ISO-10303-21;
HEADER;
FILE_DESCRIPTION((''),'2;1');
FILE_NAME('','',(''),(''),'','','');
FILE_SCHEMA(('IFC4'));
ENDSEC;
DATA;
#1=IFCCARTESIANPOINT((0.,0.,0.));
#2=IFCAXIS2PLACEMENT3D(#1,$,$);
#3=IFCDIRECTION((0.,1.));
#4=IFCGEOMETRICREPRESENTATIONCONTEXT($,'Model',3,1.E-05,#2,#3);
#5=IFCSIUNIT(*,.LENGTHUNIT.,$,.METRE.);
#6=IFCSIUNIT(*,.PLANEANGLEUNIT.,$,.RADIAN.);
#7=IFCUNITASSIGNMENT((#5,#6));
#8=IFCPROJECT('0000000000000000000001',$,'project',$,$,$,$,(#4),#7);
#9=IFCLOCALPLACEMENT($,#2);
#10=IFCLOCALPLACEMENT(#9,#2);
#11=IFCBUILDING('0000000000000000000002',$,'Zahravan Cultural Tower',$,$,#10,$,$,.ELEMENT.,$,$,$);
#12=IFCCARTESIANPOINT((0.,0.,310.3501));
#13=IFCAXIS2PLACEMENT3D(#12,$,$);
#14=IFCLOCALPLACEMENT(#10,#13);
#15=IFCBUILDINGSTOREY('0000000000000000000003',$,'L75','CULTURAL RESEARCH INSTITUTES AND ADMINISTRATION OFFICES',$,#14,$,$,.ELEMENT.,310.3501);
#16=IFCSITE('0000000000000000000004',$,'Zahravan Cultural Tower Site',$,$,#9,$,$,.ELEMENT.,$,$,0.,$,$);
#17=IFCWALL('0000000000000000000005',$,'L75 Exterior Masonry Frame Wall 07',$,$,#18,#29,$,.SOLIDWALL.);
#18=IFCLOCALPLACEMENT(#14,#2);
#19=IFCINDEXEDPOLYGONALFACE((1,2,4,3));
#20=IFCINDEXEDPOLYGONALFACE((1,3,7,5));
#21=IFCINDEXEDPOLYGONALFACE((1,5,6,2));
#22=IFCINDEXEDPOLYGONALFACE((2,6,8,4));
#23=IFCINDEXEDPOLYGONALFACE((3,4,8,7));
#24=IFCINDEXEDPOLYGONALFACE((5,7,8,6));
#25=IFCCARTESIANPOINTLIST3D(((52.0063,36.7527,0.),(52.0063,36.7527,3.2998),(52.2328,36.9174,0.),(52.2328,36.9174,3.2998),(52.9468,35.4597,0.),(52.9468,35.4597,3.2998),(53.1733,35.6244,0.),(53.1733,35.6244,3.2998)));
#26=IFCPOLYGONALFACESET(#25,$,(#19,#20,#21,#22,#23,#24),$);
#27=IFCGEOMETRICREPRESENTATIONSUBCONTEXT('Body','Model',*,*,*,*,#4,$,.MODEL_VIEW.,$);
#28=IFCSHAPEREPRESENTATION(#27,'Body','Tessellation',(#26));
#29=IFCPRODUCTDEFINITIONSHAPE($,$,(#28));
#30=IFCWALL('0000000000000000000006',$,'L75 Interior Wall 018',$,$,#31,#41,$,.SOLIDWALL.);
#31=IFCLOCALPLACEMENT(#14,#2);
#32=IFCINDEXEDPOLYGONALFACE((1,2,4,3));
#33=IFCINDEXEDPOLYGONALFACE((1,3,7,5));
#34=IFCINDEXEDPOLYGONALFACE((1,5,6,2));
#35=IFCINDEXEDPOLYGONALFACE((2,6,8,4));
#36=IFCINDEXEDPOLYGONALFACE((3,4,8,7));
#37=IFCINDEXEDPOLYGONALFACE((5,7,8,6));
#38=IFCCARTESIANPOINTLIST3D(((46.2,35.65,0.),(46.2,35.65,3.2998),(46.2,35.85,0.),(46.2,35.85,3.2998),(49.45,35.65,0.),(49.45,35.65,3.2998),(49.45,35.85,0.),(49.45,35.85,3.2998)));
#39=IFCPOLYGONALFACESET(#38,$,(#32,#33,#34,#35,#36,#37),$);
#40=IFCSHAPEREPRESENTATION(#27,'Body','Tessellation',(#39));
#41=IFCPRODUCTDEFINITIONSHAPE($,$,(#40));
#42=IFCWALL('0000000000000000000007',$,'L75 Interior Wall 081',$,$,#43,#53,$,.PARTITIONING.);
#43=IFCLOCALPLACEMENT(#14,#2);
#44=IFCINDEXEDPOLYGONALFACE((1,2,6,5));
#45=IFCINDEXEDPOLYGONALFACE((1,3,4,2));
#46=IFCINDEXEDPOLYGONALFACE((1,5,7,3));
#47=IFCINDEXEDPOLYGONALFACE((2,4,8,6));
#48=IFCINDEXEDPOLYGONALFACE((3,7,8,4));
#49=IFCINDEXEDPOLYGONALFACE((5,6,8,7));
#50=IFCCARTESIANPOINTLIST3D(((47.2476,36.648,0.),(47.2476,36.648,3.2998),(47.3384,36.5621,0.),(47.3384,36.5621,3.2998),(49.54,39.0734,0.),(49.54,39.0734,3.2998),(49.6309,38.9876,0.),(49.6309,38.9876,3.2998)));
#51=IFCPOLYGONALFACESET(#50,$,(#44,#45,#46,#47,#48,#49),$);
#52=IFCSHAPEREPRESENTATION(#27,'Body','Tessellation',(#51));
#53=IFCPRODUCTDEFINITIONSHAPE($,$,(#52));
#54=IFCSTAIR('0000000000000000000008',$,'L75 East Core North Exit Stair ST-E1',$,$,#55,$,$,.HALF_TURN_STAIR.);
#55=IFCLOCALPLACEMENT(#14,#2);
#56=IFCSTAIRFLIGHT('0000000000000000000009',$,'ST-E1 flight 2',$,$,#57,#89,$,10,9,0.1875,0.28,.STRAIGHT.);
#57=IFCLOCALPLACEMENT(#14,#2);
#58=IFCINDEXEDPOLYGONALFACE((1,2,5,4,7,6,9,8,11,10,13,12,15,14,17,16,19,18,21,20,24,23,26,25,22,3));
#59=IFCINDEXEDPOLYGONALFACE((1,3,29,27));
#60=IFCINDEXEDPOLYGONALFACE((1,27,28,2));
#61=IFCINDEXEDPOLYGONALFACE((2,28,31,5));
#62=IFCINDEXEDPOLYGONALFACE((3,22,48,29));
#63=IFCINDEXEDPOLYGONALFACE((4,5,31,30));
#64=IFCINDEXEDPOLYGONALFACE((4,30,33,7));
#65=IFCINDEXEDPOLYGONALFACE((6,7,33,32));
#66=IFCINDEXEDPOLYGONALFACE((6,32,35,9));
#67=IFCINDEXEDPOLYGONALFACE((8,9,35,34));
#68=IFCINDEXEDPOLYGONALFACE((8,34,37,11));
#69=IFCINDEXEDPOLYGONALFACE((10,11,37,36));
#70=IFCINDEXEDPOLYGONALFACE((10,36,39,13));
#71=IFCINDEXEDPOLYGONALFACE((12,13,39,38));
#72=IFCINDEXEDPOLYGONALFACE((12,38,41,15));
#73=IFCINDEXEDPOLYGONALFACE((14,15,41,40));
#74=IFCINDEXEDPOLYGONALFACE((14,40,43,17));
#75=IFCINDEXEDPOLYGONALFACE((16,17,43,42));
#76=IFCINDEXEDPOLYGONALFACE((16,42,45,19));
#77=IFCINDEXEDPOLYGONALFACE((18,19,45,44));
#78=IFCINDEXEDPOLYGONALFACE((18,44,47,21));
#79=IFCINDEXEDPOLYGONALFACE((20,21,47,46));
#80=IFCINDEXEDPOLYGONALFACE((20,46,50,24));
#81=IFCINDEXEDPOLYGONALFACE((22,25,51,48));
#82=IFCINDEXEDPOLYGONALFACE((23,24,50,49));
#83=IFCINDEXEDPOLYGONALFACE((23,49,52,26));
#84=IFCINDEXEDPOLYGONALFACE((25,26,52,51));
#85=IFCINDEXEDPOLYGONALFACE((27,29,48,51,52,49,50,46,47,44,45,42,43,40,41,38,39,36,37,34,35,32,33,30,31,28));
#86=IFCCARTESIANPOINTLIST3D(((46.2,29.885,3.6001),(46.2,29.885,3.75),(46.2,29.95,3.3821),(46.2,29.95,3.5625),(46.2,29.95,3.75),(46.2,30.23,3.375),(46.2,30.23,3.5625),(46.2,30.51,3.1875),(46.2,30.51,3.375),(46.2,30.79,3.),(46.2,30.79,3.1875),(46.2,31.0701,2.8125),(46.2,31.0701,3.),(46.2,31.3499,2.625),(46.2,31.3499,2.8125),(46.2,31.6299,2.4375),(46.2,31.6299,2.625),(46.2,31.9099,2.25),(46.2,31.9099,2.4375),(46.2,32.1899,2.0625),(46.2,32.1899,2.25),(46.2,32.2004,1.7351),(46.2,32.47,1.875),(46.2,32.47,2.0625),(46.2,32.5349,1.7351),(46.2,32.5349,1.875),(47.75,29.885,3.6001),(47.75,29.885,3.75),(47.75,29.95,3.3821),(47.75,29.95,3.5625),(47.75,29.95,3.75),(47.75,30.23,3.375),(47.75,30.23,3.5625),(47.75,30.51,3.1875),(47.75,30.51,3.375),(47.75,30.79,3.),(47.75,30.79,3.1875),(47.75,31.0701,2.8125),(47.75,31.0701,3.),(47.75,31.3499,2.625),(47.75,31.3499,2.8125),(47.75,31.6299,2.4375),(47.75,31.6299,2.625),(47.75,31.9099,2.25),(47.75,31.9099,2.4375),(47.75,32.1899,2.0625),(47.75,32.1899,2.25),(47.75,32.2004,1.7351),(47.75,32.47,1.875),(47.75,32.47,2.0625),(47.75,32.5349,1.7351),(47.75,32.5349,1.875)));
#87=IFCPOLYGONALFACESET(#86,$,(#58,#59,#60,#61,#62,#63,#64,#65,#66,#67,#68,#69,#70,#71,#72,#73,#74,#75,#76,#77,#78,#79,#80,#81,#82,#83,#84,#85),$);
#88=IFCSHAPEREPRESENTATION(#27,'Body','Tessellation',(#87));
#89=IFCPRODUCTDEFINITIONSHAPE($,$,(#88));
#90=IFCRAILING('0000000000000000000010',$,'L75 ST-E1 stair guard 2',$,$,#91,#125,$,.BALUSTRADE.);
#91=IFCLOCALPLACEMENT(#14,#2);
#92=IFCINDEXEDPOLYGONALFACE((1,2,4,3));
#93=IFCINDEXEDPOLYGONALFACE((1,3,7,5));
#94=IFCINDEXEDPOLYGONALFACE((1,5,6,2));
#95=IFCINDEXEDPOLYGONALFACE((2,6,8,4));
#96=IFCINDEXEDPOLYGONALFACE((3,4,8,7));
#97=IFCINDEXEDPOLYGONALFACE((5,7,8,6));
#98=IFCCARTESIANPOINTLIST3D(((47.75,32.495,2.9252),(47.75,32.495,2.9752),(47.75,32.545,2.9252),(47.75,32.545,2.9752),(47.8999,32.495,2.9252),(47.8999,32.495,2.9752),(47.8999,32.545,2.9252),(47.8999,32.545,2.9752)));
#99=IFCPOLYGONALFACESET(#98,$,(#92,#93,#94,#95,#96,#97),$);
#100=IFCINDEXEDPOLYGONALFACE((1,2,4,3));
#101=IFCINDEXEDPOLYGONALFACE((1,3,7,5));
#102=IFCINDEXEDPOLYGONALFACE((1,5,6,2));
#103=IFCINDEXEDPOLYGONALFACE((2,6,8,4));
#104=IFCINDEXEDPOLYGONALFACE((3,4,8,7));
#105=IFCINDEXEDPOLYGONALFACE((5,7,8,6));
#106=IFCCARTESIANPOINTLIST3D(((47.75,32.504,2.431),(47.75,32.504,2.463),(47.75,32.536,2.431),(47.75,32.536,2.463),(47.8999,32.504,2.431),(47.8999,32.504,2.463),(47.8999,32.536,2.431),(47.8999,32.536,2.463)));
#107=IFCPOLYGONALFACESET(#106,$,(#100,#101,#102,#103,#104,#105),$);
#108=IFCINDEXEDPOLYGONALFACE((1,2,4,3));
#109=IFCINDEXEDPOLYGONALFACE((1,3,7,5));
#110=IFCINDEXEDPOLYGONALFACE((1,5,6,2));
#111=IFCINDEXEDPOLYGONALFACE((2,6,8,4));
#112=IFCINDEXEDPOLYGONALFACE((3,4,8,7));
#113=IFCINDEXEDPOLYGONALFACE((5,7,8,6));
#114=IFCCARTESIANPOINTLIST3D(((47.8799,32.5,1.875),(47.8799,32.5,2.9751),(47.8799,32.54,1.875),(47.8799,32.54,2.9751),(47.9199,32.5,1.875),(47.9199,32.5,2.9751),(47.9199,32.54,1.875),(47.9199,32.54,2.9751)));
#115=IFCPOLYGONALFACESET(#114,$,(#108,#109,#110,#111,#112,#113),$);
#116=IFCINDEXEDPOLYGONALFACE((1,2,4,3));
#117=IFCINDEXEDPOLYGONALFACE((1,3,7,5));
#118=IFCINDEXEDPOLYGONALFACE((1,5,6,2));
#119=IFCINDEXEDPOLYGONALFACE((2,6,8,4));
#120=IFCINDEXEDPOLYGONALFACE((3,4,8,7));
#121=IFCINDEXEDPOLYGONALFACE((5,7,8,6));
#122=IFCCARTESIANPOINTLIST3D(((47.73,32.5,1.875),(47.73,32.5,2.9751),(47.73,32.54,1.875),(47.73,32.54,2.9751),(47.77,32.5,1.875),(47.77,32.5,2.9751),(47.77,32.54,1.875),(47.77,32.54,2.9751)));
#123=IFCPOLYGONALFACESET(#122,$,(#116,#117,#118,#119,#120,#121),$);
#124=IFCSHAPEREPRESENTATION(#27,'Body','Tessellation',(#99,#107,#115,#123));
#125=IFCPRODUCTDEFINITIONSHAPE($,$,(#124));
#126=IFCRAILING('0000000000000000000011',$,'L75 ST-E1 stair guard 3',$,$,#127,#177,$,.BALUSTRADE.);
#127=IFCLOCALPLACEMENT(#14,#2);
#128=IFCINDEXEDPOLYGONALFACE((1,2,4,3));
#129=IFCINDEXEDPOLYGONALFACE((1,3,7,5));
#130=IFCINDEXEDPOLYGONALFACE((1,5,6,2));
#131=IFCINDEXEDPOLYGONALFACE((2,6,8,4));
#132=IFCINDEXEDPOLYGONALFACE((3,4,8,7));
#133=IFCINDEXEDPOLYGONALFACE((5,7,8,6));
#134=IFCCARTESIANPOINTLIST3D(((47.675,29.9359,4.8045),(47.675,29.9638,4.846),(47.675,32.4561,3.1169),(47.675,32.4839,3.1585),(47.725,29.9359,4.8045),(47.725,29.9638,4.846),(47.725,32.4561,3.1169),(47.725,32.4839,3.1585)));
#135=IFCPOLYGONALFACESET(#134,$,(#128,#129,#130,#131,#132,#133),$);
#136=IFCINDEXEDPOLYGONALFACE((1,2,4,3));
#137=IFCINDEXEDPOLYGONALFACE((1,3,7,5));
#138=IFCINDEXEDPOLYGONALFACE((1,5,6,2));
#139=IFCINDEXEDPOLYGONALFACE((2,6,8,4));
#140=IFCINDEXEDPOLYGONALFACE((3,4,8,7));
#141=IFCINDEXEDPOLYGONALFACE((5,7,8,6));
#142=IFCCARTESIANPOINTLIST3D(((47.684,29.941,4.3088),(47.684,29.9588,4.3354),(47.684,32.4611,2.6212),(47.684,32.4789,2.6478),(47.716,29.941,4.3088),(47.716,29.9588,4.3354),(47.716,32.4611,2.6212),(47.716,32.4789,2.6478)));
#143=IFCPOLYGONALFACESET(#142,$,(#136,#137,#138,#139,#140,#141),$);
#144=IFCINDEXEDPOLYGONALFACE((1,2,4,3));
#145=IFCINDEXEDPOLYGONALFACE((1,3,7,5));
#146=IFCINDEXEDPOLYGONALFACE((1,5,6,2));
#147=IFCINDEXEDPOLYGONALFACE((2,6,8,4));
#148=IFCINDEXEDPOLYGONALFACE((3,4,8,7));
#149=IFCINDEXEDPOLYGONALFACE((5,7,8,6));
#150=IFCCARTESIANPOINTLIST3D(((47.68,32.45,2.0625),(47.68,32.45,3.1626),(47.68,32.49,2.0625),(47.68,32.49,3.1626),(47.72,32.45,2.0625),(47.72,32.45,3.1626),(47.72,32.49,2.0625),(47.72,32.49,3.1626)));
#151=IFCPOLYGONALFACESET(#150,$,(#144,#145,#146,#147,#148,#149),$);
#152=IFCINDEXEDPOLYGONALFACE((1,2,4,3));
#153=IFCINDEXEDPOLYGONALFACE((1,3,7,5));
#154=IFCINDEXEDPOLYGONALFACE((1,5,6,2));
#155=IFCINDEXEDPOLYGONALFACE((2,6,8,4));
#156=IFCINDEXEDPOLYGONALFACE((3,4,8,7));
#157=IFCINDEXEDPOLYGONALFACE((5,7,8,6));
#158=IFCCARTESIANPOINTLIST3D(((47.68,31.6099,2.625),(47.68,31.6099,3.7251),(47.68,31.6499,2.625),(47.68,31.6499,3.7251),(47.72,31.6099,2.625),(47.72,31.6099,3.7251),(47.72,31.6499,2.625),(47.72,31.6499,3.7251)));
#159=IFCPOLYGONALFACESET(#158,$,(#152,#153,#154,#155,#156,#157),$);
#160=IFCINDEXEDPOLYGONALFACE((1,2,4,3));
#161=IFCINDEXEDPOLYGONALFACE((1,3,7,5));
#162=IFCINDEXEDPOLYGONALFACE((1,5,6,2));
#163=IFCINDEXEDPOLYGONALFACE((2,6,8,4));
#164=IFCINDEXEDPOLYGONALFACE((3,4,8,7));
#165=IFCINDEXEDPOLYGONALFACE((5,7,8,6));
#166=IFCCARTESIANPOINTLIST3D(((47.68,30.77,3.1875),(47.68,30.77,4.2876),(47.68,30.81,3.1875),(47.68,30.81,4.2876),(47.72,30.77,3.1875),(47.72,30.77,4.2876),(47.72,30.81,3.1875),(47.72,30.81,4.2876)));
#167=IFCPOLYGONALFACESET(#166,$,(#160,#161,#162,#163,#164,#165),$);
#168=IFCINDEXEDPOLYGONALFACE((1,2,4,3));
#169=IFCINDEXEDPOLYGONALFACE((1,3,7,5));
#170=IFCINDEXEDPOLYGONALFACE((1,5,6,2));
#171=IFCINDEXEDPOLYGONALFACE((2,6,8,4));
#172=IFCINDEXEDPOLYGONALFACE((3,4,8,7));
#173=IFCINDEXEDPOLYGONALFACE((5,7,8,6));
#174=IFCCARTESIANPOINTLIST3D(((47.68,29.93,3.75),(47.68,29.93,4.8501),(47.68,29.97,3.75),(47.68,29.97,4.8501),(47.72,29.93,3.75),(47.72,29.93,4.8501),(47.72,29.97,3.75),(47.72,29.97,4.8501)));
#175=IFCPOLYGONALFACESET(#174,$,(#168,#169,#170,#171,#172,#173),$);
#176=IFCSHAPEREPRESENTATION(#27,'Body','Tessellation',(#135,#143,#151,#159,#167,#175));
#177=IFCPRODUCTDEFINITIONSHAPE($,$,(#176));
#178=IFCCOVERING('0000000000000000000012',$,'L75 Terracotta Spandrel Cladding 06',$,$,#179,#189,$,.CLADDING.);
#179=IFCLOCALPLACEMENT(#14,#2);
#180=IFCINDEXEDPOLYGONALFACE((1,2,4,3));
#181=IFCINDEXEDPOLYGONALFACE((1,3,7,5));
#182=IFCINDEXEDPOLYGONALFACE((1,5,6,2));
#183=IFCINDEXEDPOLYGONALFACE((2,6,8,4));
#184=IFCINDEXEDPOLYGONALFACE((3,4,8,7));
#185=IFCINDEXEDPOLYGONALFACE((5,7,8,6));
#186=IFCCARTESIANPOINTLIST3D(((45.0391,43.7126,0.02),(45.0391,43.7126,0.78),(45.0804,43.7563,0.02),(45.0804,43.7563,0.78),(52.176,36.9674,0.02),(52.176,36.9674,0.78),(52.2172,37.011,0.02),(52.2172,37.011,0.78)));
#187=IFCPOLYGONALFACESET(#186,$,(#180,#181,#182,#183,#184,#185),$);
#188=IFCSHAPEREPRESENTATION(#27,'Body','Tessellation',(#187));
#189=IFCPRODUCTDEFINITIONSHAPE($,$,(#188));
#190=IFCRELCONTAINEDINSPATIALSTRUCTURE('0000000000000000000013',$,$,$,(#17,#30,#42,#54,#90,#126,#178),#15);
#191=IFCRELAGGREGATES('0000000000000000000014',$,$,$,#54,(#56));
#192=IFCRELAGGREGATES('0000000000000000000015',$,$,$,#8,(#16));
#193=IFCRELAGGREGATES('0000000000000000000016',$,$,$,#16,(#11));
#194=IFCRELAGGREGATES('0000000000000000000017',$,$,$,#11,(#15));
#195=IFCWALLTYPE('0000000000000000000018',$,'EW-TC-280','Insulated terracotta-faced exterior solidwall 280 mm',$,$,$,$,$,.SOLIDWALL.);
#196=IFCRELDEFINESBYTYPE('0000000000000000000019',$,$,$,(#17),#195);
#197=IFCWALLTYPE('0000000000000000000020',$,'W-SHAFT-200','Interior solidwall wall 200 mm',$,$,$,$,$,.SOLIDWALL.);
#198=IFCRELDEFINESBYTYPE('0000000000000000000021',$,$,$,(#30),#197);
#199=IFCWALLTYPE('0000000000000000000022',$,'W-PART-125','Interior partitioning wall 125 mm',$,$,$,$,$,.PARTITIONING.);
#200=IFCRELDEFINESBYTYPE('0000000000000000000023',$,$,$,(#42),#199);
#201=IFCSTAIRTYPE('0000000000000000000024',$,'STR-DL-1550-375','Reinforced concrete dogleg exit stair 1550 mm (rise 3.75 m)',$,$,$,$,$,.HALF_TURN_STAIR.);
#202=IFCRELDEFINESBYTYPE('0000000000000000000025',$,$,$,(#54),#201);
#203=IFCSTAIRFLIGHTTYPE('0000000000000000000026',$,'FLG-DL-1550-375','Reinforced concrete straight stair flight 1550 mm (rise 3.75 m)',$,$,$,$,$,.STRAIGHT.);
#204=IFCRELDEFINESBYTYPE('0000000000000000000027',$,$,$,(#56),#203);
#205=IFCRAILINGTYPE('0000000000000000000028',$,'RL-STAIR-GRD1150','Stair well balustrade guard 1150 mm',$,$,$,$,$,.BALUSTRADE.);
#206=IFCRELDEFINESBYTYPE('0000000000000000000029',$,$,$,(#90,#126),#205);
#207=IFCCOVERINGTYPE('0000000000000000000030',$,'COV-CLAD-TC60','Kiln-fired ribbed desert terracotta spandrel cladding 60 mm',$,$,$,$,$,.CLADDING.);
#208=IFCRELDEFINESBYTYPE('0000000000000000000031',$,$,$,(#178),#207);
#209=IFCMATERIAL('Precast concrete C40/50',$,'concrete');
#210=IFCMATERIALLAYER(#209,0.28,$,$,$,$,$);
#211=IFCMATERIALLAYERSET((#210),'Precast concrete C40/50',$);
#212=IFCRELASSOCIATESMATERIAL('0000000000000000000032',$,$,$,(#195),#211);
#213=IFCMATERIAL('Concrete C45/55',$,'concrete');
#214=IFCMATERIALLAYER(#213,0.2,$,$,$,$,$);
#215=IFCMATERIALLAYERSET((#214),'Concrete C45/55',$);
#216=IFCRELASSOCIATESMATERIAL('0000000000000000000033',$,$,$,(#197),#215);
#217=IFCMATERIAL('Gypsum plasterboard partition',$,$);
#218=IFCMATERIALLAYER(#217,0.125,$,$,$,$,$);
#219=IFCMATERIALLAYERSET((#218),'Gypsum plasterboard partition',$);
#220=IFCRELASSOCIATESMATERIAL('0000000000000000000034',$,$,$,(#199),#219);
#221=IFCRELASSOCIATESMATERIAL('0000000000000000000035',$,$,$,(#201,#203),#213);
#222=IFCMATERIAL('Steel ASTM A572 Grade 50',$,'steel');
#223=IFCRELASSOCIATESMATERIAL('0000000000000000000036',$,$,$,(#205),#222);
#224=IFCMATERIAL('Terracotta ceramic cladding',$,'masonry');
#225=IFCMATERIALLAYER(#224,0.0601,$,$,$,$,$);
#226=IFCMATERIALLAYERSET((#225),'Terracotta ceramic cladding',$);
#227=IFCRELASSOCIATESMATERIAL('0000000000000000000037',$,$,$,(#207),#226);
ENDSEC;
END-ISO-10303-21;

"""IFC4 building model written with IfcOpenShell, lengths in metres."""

from ifc_helpers import new_model, si_unit, direction, frame, frame_2d, origin, origin_2d, place, context, subcontext, project, spatial, polyline, rectangle, outline, extrude, source, transform, mapped, material, layer, layer_set, type_object, element, aggregate, save


model = new_model("IFC4")

# Units and contexts
model_context = context("Model", 3, precision=1e-05, world=origin(), true_north=direction((0.0, 1.0)))
body_context = subcontext(model_context, "Body", "Model", "MODEL_VIEW")
ifc_project = project(units=[si_unit("LENGTHUNIT", "METRE"), si_unit("PLANEANGLEUNIT", "RADIAN")], contexts=[model_context])

# Site, building, storey
site_placement = place(None, origin())
site = spatial("IfcSite", under=ifc_project, at=site_placement, Name="Zahravan Cultural Tower Site", CompositionType="ELEMENT", RefElevation=0.0)
building_placement = place(site_placement, origin())
building = spatial("IfcBuilding", under=site, at=building_placement, Name="Zahravan Cultural Tower", CompositionType="ELEMENT")
storey_placement = place(building_placement, frame((0.0, 0.0, 310.3501)))
storey = spatial("IfcBuildingStorey", under=building, at=storey_placement, Name="L75", Description="CULTURAL RESEARCH INSTITUTES AND ADMINISTRATION OFFICES", CompositionType="ELEMENT", Elevation=310.3501)

# Walls
ifc_material_1 = material(Name="Precast concrete C40/50", Category="concrete")
ifc_layer_1 = layer(ifc_material_1, 0.28)
ifc_layer_set_1 = layer_set([ifc_layer_1], Name="Precast concrete C40/50")
wall_type_1 = type_object("IfcWallType", Name="EW-TC-280", Description="Insulated terracotta-faced exterior solidwall 280 mm", PredefinedType="SOLIDWALL", material=ifc_layer_set_1)
shared_shape_1 = source(origin(), body_context, "Body", "SweptSolid", [
    extrude(rectangle(XDim=1.5989, YDim=0.28, at=frame_2d((0.7993, 0.0))), origin(), (0.0, 0.0, 1.0), 3.2998),
])
wall_1_placement = place(storey_placement, frame((52.1196, 36.835, 0.0), z_axis=(0.0, 0.0, 1.0), x_axis=(0.588208, -0.80871, 0.0)))
element("IfcWall", 1, at=wall_1_placement, inside=storey, type_object=wall_type_1, Name="L75 Exterior Masonry Frame Wall 07", PredefinedType="SOLIDWALL", context=body_context, shape_type="MappedRepresentation", body=[
    mapped(shared_shape_1, transform((0.0, 0.0, 0.0), x_axis=(1.0, 0.0, 0.0), y_axis=(0.0, 1.0, 0.0), z_axis=(0.0, 0.0, 1.0), scale=1.0)),
])
ifc_material_2 = material(Name="Concrete C45/55", Category="concrete")
ifc_layer_2 = layer(ifc_material_2, 0.2)
ifc_layer_set_2 = layer_set([ifc_layer_2], Name="Concrete C45/55")
wall_type_2 = type_object("IfcWallType", Name="W-SHAFT-200", Description="Interior solidwall wall 200 mm", PredefinedType="SOLIDWALL", material=ifc_layer_set_2)
shared_shape_2 = source(origin(), body_context, "Body", "SweptSolid", [
    extrude(rectangle(XDim=3.25, YDim=0.2, at=frame_2d((1.625, 0.0))), origin(), (0.0, 0.0, 1.0), 3.2998),
])
wall_2_placement = place(storey_placement, frame((46.2, 35.75, 0.0), z_axis=(0.0, 0.0, 1.0), x_axis=(1.0, 0.0, 0.0)))
element("IfcWall", 2, at=wall_2_placement, inside=storey, type_object=wall_type_2, Name="L75 Interior Wall 018", PredefinedType="SOLIDWALL", context=body_context, shape_type="MappedRepresentation", body=[
    mapped(shared_shape_2, transform((0.0, 0.0, 0.0), x_axis=(1.0, 0.0, 0.0), y_axis=(0.0, 1.0, 0.0), z_axis=(0.0, 0.0, 1.0), scale=1.0)),
])
ifc_material_3 = material(Name="Gypsum plasterboard partition")
ifc_layer_3 = layer(ifc_material_3, 0.125)
ifc_layer_set_3 = layer_set([ifc_layer_3], Name="Gypsum plasterboard partition")
wall_type_3 = type_object("IfcWallType", Name="W-PART-125", Description="Interior partitioning wall 125 mm", PredefinedType="PARTITIONING", material=ifc_layer_set_3)
shared_shape_3 = source(origin(), body_context, "Body", "SweptSolid", [
    extrude(rectangle(XDim=3.3374, YDim=0.125, at=frame_2d((1.6687, 0.0))), origin(), (0.0, 0.0, 1.0), 3.2998),
])
wall_3_placement = place(storey_placement, frame((49.5854, 39.0305, 0.0), z_axis=(0.0, 0.0, 1.0), x_axis=(-0.686892, -0.72676, 0.0)))
element("IfcWall", 3, at=wall_3_placement, inside=storey, type_object=wall_type_3, Name="L75 Interior Wall 081", PredefinedType="PARTITIONING", context=body_context, shape_type="MappedRepresentation", body=[
    mapped(shared_shape_3, transform((0.0, 0.0, 0.0), x_axis=(1.0, 0.0, 0.0), y_axis=(0.0, 1.0, 0.0), z_axis=(0.0, 0.0, 1.0), scale=1.0)),
])

# Stair, stair flight
stair_type = type_object("IfcStairType", Name="STR-DL-1550-375", Description="Reinforced concrete dogleg exit stair 1550 mm (rise 3.75 m)", PredefinedType="HALF_TURN_STAIR", material=ifc_material_2)
stair_placement = place(storey_placement, origin())
stair = element("IfcStair", 4, at=stair_placement, inside=storey, type_object=stair_type, Name="L75 East Core North Exit Stair ST-E1", PredefinedType="HALF_TURN_STAIR")
stair_flight_type = type_object("IfcStairFlightType", Name="FLG-DL-1550-375", Description="Reinforced concrete straight stair flight 1550 mm (rise 3.75 m)", PredefinedType="STRAIGHT", material=ifc_material_2)
stair_flight_placement = place(storey_placement, frame((46.9751, 32.47, 1.875), z_axis=(0.0, 0.0, 1.0), x_axis=(0.0, -1.0, 0.0)))
stair_flight = element("IfcStairFlight", 5, at=stair_flight_placement, type_object=stair_flight_type, Name="ST-E1 flight 2", NumberOfRisers=10, NumberOfTreads=9, PredefinedType="STRAIGHT", RiserHeight=0.1875, TreadLength=0.28, context=body_context, shape_type="SweptSolid", body=[
    extrude(outline(polyline([(-0.0649, -0.1399), (-0.0649, 0.0), (0.0, 0.0), (0.0, 0.1875), (0.28, 0.1875), (0.28, 0.375), (0.5601, 0.375), (0.5601, 0.5625), (0.8401, 0.5625), (0.8401, 0.75), (1.1201, 0.75), (1.1201, 0.9375), (1.3999, 0.9375), (1.3999, 1.125), (1.6799, 1.125), (1.6799, 1.3125), (1.96, 1.3125), (1.96, 1.5), (2.24, 1.5), (2.24, 1.6875), (2.52, 1.6875), (2.52, 1.875), (2.585, 1.875), (2.585, 1.7251), (2.52, 1.5071), (0.2695, -0.1399), (-0.0649, -0.1399)])), frame((0.0, 0.7749, 0.0), z_axis=(0.0, -1.0, 0.0), x_axis=(1.0, 0.0, 0.0)), (0.0, 0.0, 1.0), 1.55),
])
aggregate(stair, [stair_flight])

# Railings
ifc_material_4 = material(Name="Steel ASTM A572 Grade 50", Category="steel")
railing_type = type_object("IfcRailingType", Name="RL-STAIR-GRD1150", Description="Stair well balustrade guard 1150 mm", PredefinedType="BALUSTRADE", material=ifc_material_4)
railing_1_placement = place(storey_placement, frame((47.8999, 32.52, 1.875)))
element("IfcRailing", 6, at=railing_1_placement, inside=storey, type_object=railing_type, Name="L75 ST-E1 stair guard 2", PredefinedType="BALUSTRADE", context=body_context, shape_type="SweptSolid", body=[
    extrude(rectangle(XDim=0.05, YDim=0.05, at=origin_2d()), frame((0.0, 0.0, 1.0752), z_axis=(-1.0, 0.0, 0.0), x_axis=(0.0, -1.0, 0.0)), (0.0, 0.0, 1.0), 0.1499),
    extrude(rectangle(XDim=0.032, YDim=0.032, at=origin_2d()), frame((0.0, 0.0, 0.572), z_axis=(-1.0, 0.0, 0.0), x_axis=(0.0, -1.0, 0.0)), (0.0, 0.0, 1.0), 0.1499),
    extrude(rectangle(XDim=0.04, YDim=0.04, at=origin_2d()), origin(), (0.0, 0.0, 1.0), 1.1001),
    extrude(rectangle(XDim=0.04, YDim=0.04, at=origin_2d()), frame((-0.1499, 0.0, 0.0)), (0.0, 0.0, 1.0), 1.1001),
])
railing_2_placement = place(storey_placement, frame((47.7, 32.47, 2.0625)))
element("IfcRailing", 7, at=railing_2_placement, inside=storey, type_object=railing_type, Name="L75 ST-E1 stair guard 3", PredefinedType="BALUSTRADE", context=body_context, shape_type="SweptSolid", body=[
    extrude(rectangle(XDim=0.05, YDim=0.05, at=origin_2d()), frame((0.0, 0.0, 1.0752), z_axis=(0.0, -0.830909, 0.556408), x_axis=(1.0, 0.0, 0.0)), (0.0, 0.0, 1.0), 3.033),
    extrude(rectangle(XDim=0.032, YDim=0.032, at=origin_2d()), frame((0.0, 0.0, 0.572), z_axis=(0.0, -0.830909, 0.556408), x_axis=(1.0, 0.0, 0.0)), (0.0, 0.0, 1.0), 3.033),
    extrude(rectangle(XDim=0.04, YDim=0.04, at=origin_2d()), origin(), (0.0, 0.0, 1.0), 1.1001),
    extrude(rectangle(XDim=0.04, YDim=0.04, at=origin_2d()), frame((0.0, -0.8401, 0.5625)), (0.0, 0.0, 1.0), 1.1001),
    extrude(rectangle(XDim=0.04, YDim=0.04, at=origin_2d()), frame((0.0, -1.6799, 1.125)), (0.0, 0.0, 1.0), 1.1001),
    extrude(rectangle(XDim=0.04, YDim=0.04, at=origin_2d()), frame((0.0, -2.52, 1.6875)), (0.0, 0.0, 1.0), 1.1001),
])

# Covering
ifc_material_5 = material(Name="Terracotta ceramic cladding", Category="masonry")
ifc_layer_4 = layer(ifc_material_5, 0.0601)
ifc_layer_set_4 = layer_set([ifc_layer_4], Name="Terracotta ceramic cladding")
covering_type = type_object("IfcCoveringType", Name="COV-CLAD-TC60", Description="Kiln-fired ribbed desert terracotta spandrel cladding 60 mm", PredefinedType="CLADDING", material=ifc_layer_set_4)
shared_shape_4 = source(origin(), body_context, "Body", "SweptSolid", [
    extrude(rectangle(XDim=9.8201, YDim=0.0601, at=origin_2d()), origin(), (0.0, 0.0, 1.0), 0.76),
])
covering_placement = place(storey_placement, frame((48.6282, 40.3618, 0.02), z_axis=(0.0, 0.0, 1.0), x_axis=(0.726767, -0.686885, 0.0)))
element("IfcCovering", 8, at=covering_placement, inside=storey, type_object=covering_type, Name="L75 Terracotta Spandrel Cladding 06", PredefinedType="CLADDING", context=body_context, shape_type="MappedRepresentation", body=[
    mapped(shared_shape_4, transform((0.0, 0.0, 0.0), x_axis=(1.0, 0.0, 0.0), y_axis=(0.0, 1.0, 0.0), z_axis=(0.0, 0.0, 1.0), scale=1.0)),
])

save(model, "model.ifc")
